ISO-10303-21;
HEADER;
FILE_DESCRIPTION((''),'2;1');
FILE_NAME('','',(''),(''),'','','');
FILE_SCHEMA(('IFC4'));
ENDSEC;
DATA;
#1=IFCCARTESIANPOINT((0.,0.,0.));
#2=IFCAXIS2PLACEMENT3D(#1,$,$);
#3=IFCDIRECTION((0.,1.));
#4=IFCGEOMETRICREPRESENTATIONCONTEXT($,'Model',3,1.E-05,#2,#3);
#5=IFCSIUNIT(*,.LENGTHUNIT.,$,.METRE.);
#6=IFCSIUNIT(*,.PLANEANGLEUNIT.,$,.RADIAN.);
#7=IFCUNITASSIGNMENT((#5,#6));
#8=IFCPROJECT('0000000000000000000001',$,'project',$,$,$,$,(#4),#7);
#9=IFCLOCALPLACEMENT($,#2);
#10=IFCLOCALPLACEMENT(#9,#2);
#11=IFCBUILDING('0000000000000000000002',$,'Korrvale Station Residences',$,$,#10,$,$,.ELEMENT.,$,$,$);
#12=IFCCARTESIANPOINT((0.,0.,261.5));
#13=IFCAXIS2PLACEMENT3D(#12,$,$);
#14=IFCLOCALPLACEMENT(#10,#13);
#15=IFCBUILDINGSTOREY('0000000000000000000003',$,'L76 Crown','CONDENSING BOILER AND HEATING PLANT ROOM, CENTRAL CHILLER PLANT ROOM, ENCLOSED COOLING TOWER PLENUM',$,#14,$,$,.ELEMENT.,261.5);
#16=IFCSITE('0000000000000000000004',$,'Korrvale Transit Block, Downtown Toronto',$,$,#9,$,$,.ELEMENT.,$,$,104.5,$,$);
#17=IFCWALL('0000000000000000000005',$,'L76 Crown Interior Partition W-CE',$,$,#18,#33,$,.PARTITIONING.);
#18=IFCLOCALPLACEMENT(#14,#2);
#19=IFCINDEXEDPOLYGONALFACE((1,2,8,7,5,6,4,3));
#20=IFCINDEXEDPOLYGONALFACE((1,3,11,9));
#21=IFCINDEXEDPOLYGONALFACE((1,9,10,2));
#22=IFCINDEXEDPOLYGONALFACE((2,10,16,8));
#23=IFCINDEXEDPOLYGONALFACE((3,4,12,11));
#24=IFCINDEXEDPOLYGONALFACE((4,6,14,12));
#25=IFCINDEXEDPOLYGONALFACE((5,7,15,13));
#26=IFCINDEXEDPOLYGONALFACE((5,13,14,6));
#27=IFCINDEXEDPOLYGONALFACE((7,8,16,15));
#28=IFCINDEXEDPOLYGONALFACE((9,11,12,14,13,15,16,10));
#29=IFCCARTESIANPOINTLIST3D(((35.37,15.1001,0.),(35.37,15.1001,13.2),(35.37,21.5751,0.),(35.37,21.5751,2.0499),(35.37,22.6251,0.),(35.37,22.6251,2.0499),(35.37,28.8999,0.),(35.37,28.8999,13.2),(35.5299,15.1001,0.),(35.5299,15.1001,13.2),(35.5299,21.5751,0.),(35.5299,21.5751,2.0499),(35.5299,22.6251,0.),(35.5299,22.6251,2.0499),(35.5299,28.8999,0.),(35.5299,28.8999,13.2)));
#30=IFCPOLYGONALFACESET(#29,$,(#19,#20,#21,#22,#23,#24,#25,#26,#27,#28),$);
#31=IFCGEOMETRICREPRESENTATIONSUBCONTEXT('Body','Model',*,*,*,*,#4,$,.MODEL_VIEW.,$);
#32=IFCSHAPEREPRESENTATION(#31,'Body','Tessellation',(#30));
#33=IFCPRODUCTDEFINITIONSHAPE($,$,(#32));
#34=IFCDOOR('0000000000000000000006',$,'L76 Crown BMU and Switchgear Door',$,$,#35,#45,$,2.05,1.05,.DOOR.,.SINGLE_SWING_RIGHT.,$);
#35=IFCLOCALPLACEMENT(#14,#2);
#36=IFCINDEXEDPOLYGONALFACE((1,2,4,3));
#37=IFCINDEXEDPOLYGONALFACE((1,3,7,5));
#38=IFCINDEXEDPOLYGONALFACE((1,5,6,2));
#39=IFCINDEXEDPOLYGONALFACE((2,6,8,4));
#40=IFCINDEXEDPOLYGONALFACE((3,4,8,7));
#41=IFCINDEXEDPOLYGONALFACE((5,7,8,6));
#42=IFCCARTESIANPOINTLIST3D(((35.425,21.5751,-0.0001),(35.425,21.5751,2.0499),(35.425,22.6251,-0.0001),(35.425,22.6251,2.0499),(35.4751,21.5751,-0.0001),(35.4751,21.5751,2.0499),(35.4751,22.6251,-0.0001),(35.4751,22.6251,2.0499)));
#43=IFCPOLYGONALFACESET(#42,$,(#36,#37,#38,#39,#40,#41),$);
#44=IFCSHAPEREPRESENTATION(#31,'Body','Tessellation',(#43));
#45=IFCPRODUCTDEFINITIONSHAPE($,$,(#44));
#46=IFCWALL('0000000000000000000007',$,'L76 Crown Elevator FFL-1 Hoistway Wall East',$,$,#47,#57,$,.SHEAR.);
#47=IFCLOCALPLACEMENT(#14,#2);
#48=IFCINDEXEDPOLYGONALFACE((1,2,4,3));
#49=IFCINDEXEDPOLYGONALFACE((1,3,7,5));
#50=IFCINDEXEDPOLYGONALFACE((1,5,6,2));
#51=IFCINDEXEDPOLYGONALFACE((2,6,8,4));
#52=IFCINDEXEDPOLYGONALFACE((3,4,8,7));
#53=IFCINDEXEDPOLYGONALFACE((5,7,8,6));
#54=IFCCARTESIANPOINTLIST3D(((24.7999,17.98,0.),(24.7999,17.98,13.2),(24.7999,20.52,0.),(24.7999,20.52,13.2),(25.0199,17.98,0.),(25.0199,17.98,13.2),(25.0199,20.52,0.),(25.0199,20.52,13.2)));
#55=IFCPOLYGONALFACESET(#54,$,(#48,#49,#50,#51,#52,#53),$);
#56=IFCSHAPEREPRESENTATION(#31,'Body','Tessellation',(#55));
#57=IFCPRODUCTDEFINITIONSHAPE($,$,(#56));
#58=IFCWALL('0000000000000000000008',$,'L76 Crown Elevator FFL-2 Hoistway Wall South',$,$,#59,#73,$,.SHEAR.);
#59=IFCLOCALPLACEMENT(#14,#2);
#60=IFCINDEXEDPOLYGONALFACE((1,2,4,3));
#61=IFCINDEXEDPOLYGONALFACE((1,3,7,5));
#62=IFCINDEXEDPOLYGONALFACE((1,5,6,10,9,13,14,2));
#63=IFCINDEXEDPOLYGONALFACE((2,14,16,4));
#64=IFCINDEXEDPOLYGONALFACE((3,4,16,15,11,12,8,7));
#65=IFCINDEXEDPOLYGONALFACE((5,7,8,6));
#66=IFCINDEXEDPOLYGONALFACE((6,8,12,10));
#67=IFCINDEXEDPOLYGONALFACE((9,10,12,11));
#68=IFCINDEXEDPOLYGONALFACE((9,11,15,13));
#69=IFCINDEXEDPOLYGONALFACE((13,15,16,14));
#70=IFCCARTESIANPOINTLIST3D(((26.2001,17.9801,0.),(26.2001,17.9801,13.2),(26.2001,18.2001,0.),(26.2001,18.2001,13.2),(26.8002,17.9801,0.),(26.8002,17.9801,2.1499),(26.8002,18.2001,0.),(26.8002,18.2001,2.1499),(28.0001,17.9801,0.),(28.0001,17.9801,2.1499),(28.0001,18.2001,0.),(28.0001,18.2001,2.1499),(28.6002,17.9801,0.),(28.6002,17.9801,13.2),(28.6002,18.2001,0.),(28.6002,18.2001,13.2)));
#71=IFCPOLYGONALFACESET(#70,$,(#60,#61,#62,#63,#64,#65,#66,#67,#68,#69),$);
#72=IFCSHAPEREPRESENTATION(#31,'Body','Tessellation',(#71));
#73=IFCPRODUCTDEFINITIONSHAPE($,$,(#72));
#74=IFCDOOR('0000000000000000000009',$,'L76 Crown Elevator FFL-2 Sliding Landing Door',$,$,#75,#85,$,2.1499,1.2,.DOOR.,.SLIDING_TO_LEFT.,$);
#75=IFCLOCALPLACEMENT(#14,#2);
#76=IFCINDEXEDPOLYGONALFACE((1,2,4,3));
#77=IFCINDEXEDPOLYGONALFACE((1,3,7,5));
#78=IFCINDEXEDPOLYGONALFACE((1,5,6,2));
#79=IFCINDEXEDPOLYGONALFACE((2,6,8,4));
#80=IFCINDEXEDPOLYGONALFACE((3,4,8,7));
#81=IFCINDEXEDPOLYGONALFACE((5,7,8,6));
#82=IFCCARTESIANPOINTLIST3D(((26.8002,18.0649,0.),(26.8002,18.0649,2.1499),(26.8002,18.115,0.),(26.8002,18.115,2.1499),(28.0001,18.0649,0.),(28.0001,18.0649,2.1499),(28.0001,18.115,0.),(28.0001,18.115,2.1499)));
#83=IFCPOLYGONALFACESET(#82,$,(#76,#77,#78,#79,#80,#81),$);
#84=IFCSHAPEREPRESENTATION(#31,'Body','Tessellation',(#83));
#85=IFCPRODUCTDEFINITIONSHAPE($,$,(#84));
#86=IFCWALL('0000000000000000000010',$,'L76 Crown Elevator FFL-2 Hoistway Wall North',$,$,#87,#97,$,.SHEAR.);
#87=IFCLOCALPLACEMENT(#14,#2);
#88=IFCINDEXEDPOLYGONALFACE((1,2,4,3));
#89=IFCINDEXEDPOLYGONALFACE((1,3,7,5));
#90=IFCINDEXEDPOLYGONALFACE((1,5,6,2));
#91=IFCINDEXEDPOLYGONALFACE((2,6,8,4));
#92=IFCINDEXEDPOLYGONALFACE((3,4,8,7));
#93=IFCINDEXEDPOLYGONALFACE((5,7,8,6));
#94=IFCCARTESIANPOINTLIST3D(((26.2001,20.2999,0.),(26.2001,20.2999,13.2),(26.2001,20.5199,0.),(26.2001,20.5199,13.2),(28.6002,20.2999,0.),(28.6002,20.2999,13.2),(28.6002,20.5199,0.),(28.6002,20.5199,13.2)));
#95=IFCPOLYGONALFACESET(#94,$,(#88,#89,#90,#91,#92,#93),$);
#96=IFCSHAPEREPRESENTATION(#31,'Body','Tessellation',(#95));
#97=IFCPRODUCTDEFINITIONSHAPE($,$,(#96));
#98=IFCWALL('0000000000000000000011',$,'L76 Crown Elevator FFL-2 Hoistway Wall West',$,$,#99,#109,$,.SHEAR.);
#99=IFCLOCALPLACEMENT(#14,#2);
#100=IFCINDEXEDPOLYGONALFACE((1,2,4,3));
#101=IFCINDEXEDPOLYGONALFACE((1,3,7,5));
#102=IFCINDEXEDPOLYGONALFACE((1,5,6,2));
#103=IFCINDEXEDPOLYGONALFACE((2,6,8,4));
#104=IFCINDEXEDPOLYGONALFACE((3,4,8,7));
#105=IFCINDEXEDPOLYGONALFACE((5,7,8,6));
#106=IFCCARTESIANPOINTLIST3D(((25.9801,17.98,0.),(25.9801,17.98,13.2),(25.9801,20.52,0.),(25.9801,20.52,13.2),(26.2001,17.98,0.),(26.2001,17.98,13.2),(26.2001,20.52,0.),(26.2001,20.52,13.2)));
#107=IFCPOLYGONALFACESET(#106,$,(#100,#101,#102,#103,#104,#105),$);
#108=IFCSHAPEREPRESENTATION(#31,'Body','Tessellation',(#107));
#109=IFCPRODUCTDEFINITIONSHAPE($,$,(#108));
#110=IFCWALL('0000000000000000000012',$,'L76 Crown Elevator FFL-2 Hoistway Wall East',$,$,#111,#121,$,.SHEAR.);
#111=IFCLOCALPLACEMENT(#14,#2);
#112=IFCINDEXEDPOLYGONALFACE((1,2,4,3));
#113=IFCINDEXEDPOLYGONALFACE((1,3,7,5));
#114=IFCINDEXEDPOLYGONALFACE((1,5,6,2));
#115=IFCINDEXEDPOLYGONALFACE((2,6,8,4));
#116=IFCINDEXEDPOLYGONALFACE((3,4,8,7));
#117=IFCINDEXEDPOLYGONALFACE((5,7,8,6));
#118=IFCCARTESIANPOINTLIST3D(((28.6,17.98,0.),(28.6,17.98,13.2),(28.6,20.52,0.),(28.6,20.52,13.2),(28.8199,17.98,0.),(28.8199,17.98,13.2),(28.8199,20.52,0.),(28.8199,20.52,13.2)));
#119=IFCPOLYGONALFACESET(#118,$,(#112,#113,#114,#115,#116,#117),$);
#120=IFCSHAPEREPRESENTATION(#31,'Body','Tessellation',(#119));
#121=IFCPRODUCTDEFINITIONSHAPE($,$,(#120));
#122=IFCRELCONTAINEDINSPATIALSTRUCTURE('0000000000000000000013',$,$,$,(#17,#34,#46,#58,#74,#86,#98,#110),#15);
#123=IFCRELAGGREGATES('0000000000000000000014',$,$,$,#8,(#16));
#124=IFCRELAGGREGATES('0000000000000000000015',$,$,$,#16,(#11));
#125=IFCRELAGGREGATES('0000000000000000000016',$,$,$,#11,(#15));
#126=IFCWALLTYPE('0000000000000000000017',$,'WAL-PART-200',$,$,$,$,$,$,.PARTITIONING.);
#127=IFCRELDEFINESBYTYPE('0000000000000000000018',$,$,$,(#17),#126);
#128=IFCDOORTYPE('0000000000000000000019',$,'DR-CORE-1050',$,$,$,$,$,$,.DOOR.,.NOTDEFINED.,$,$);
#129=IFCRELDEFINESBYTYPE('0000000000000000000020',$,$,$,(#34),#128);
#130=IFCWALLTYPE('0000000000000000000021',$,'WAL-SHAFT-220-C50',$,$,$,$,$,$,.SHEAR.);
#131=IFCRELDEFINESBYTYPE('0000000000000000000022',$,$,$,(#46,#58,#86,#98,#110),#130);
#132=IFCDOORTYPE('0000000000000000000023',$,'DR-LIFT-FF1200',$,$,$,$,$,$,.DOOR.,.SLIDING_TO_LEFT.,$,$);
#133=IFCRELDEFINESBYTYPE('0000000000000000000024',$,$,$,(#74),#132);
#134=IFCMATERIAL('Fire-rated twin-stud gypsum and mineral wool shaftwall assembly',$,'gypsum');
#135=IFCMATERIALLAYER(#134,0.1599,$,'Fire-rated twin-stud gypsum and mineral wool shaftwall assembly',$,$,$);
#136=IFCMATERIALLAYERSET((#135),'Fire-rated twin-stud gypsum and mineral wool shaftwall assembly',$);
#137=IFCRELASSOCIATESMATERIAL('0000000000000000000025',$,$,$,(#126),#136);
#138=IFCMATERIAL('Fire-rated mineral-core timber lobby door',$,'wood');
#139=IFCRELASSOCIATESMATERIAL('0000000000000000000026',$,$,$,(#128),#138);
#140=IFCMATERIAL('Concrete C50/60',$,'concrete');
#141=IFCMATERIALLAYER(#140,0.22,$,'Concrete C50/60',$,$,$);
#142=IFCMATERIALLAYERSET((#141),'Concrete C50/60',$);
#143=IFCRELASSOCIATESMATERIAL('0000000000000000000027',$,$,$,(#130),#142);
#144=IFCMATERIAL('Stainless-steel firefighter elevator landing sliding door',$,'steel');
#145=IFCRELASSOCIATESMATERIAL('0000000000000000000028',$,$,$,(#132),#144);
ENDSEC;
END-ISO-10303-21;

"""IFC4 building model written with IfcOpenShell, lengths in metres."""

from ifc_helpers import new_model, si_unit, direction, frame, frame_2d, origin, place, context, subcontext, project, spatial, rectangle, extrude, material, layer, layer_set, type_object, element, fill, save


model = new_model("IFC4")

# Units and contexts
model_context = context("Model", 3, precision=1e-05, world=origin(), true_north=direction((0.0, 1.0)))
body_context = subcontext(model_context, "Body", "Model", "MODEL_VIEW")
ifc_project = project(units=[si_unit("LENGTHUNIT", "METRE"), si_unit("PLANEANGLEUNIT", "RADIAN")], contexts=[model_context])

# Site, building, storey
site_placement = place(None, origin())
site = spatial("IfcSite", under=ifc_project, at=site_placement, Name="Korrvale Transit Block, Downtown Toronto", CompositionType="ELEMENT", RefElevation=104.5)
building_placement = place(site_placement, origin())
building = spatial("IfcBuilding", under=site, at=building_placement, Name="Korrvale Station Residences", CompositionType="ELEMENT")
storey_placement = place(building_placement, frame((0.0, 0.0, 261.5)))
storey = spatial("IfcBuildingStorey", under=building, at=storey_placement, Name="L76 Crown", Description="CONDENSING BOILER AND HEATING PLANT ROOM, CENTRAL CHILLER PLANT ROOM, ENCLOSED COOLING TOWER PLENUM", CompositionType="ELEMENT", Elevation=261.5)

# Shared definitions
ifc_material_1 = material(Name="Concrete C50/60", Category="concrete")

# Shared definitions
ifc_material_2 = material(Name="Fire-rated twin-stud gypsum and mineral wool shaftwall assembly", Category="gypsum")
ifc_layer_1 = layer(ifc_material_2, 0.1599, Name="Fire-rated twin-stud gypsum and mineral wool shaftwall assembly")
ifc_layer_set_1 = layer_set([ifc_layer_1], Name="Fire-rated twin-stud gypsum and mineral wool shaftwall assembly")
wall_type_1 = type_object("IfcWallType", Name="WAL-PART-200", PredefinedType="PARTITIONING", material=ifc_layer_set_1)

# Wall, opening, door
wall_1_placement = place(storey_placement, frame((35.45, 15.1001, 0.0), z_axis=(0.0, 0.0, 1.0), x_axis=(0.0, 1.0, 0.0)))
wall_1 = element("IfcWall", 1, at=wall_1_placement, inside=storey, type_object=wall_type_1, Name="L76 Crown Interior Partition W-CE", PredefinedType="PARTITIONING", context=body_context, shape_type="SweptSolid", body=[
    extrude(rectangle(XDim=13.7998, YDim=0.1599, at=frame_2d((6.8999, 0.0))), origin(), (0.0, 0.0, 1.0), 13.2),
])
opening_1_placement = place(wall_1_placement, frame((6.4751, 0.0, 0.0)))
opening_1 = element("IfcOpeningElement", 2, at=opening_1_placement, cuts=wall_1, PredefinedType="OPENING", context=body_context, shape_type="SweptSolid", body=[
    extrude(rectangle(XDim=1.05, YDim=2.05, at=frame_2d((0.5249, 1.0249))), frame((0.0, 0.0898, 0.0), z_axis=(0.0, -1.0, 0.0), x_axis=(1.0, 0.0, 0.0)), (0.0, 0.0, 1.0), 0.1799),
])
ifc_material_3 = material(Name="Fire-rated mineral-core timber lobby door", Category="wood")
door_type_1 = type_object("IfcDoorType", Name="DR-CORE-1050", OperationType="NOTDEFINED", PredefinedType="DOOR", material=ifc_material_3)
door_1_placement = place(opening_1_placement, origin())
door_1 = element("IfcDoor", 3, at=door_1_placement, inside=storey, type_object=door_type_1, Name="L76 Crown BMU and Switchgear Door", OperationType="SINGLE_SWING_RIGHT", OverallHeight=2.05, OverallWidth=1.05, PredefinedType="DOOR", context=body_context, shape_type="SweptSolid", body=[
    extrude(rectangle(XDim=1.05, YDim=2.05, at=frame_2d((0.5249, 1.0249))), frame((0.0, 0.0249, 0.0), z_axis=(0.0, -1.0, 0.0), x_axis=(1.0, 0.0, 0.0)), (0.0, 0.0, 1.0), 0.05),
])
fill(opening_1, door_1)

# Wall
ifc_layer_2 = layer(ifc_material_1, 0.22, Name="Concrete C50/60")
ifc_layer_set_2 = layer_set([ifc_layer_2], Name="Concrete C50/60")
wall_type_2 = type_object("IfcWallType", Name="WAL-SHAFT-220-C50", PredefinedType="SHEAR", material=ifc_layer_set_2)
wall_2_placement = place(storey_placement, frame((24.9099, 17.98, 0.0), z_axis=(0.0, 0.0, 1.0), x_axis=(0.0, 1.0, 0.0)))
element("IfcWall", 4, at=wall_2_placement, inside=storey, type_object=wall_type_2, Name="L76 Crown Elevator FFL-1 Hoistway Wall East", PredefinedType="SHEAR", context=body_context, shape_type="SweptSolid", body=[
    extrude(rectangle(XDim=2.54, YDim=0.22, at=frame_2d((1.27, 0.0))), origin(), (0.0, 0.0, 1.0), 13.2),
])

# Wall, opening, door
wall_3_placement = place(storey_placement, frame((26.2, 18.0901, 0.0), z_axis=(0.0, 0.0, 1.0), x_axis=(1.0, 0.0, 0.0)))
wall_3 = element("IfcWall", 5, at=wall_3_placement, inside=storey, type_object=wall_type_2, Name="L76 Crown Elevator FFL-2 Hoistway Wall South", PredefinedType="SHEAR", context=body_context, shape_type="SweptSolid", body=[
    extrude(rectangle(XDim=2.4001, YDim=0.22, at=frame_2d((1.2002, 0.0))), origin(), (0.0, 0.0, 1.0), 13.2),
])
opening_2_placement = place(wall_3_placement, frame((0.6001, 0.0, 0.0)))
opening_2 = element("IfcOpeningElement", 6, at=opening_2_placement, cuts=wall_3, PredefinedType="OPENING", context=body_context, shape_type="SweptSolid", body=[
    extrude(rectangle(XDim=1.2, YDim=2.1499, at=frame_2d((0.6001, 1.075))), frame((0.0, 0.1201, 0.0), z_axis=(0.0, -1.0, 0.0), x_axis=(1.0, 0.0, 0.0)), (0.0, 0.0, 1.0), 0.24),
])
ifc_material_4 = material(Name="Stainless-steel firefighter elevator landing sliding door", Category="steel")
door_type_2 = type_object("IfcDoorType", Name="DR-LIFT-FF1200", OperationType="SLIDING_TO_LEFT", PredefinedType="DOOR", material=ifc_material_4)
door_2_placement = place(opening_2_placement, origin())
door_2 = element("IfcDoor", 7, at=door_2_placement, inside=storey, type_object=door_type_2, Name="L76 Crown Elevator FFL-2 Sliding Landing Door", OperationType="SLIDING_TO_LEFT", OverallHeight=2.1499, OverallWidth=1.2, PredefinedType="DOOR", context=body_context, shape_type="SweptSolid", body=[
    extrude(rectangle(XDim=1.2, YDim=2.1499, at=frame_2d((0.6001, 1.075))), frame((0.0, 0.0249, 0.0), z_axis=(0.0, -1.0, 0.0), x_axis=(1.0, 0.0, 0.0)), (0.0, 0.0, 1.0), 0.05),
])
fill(opening_2, door_2)

# Walls
wall_4_placement = place(storey_placement, frame((26.2, 20.4099, 0.0), z_axis=(0.0, 0.0, 1.0), x_axis=(1.0, 0.0, 0.0)))
element("IfcWall", 8, at=wall_4_placement, inside=storey, type_object=wall_type_2, Name="L76 Crown Elevator FFL-2 Hoistway Wall North", PredefinedType="SHEAR", context=body_context, shape_type="SweptSolid", body=[
    extrude(rectangle(XDim=2.4001, YDim=0.22, at=frame_2d((1.2002, 0.0))), origin(), (0.0, 0.0, 1.0), 13.2),
])
for number, where, z_axis, x_axis, name in (
    (9, (26.0901, 17.98, 0.0), (0.0, 0.0, 1.0), (0.0, 1.0, 0.0), "L76 Crown Elevator FFL-2 Hoistway Wall West"),
    (10, (28.71, 17.98, 0.0), (0.0, 0.0, 1.0), (0.0, 1.0, 0.0), "L76 Crown Elevator FFL-2 Hoistway Wall East"),
):
    element("IfcWall", number, at=place(storey_placement, frame(where, z_axis=z_axis, x_axis=x_axis)), inside=storey, type_object=wall_type_2, Name=name, PredefinedType="SHEAR", context=body_context, shape_type="SweptSolid", body=[
        extrude(rectangle(XDim=2.54, YDim=0.22, at=frame_2d((1.27, 0.0))), origin(), (0.0, 0.0, 1.0), 13.2),
    ])

save(model, "model.ifc")
